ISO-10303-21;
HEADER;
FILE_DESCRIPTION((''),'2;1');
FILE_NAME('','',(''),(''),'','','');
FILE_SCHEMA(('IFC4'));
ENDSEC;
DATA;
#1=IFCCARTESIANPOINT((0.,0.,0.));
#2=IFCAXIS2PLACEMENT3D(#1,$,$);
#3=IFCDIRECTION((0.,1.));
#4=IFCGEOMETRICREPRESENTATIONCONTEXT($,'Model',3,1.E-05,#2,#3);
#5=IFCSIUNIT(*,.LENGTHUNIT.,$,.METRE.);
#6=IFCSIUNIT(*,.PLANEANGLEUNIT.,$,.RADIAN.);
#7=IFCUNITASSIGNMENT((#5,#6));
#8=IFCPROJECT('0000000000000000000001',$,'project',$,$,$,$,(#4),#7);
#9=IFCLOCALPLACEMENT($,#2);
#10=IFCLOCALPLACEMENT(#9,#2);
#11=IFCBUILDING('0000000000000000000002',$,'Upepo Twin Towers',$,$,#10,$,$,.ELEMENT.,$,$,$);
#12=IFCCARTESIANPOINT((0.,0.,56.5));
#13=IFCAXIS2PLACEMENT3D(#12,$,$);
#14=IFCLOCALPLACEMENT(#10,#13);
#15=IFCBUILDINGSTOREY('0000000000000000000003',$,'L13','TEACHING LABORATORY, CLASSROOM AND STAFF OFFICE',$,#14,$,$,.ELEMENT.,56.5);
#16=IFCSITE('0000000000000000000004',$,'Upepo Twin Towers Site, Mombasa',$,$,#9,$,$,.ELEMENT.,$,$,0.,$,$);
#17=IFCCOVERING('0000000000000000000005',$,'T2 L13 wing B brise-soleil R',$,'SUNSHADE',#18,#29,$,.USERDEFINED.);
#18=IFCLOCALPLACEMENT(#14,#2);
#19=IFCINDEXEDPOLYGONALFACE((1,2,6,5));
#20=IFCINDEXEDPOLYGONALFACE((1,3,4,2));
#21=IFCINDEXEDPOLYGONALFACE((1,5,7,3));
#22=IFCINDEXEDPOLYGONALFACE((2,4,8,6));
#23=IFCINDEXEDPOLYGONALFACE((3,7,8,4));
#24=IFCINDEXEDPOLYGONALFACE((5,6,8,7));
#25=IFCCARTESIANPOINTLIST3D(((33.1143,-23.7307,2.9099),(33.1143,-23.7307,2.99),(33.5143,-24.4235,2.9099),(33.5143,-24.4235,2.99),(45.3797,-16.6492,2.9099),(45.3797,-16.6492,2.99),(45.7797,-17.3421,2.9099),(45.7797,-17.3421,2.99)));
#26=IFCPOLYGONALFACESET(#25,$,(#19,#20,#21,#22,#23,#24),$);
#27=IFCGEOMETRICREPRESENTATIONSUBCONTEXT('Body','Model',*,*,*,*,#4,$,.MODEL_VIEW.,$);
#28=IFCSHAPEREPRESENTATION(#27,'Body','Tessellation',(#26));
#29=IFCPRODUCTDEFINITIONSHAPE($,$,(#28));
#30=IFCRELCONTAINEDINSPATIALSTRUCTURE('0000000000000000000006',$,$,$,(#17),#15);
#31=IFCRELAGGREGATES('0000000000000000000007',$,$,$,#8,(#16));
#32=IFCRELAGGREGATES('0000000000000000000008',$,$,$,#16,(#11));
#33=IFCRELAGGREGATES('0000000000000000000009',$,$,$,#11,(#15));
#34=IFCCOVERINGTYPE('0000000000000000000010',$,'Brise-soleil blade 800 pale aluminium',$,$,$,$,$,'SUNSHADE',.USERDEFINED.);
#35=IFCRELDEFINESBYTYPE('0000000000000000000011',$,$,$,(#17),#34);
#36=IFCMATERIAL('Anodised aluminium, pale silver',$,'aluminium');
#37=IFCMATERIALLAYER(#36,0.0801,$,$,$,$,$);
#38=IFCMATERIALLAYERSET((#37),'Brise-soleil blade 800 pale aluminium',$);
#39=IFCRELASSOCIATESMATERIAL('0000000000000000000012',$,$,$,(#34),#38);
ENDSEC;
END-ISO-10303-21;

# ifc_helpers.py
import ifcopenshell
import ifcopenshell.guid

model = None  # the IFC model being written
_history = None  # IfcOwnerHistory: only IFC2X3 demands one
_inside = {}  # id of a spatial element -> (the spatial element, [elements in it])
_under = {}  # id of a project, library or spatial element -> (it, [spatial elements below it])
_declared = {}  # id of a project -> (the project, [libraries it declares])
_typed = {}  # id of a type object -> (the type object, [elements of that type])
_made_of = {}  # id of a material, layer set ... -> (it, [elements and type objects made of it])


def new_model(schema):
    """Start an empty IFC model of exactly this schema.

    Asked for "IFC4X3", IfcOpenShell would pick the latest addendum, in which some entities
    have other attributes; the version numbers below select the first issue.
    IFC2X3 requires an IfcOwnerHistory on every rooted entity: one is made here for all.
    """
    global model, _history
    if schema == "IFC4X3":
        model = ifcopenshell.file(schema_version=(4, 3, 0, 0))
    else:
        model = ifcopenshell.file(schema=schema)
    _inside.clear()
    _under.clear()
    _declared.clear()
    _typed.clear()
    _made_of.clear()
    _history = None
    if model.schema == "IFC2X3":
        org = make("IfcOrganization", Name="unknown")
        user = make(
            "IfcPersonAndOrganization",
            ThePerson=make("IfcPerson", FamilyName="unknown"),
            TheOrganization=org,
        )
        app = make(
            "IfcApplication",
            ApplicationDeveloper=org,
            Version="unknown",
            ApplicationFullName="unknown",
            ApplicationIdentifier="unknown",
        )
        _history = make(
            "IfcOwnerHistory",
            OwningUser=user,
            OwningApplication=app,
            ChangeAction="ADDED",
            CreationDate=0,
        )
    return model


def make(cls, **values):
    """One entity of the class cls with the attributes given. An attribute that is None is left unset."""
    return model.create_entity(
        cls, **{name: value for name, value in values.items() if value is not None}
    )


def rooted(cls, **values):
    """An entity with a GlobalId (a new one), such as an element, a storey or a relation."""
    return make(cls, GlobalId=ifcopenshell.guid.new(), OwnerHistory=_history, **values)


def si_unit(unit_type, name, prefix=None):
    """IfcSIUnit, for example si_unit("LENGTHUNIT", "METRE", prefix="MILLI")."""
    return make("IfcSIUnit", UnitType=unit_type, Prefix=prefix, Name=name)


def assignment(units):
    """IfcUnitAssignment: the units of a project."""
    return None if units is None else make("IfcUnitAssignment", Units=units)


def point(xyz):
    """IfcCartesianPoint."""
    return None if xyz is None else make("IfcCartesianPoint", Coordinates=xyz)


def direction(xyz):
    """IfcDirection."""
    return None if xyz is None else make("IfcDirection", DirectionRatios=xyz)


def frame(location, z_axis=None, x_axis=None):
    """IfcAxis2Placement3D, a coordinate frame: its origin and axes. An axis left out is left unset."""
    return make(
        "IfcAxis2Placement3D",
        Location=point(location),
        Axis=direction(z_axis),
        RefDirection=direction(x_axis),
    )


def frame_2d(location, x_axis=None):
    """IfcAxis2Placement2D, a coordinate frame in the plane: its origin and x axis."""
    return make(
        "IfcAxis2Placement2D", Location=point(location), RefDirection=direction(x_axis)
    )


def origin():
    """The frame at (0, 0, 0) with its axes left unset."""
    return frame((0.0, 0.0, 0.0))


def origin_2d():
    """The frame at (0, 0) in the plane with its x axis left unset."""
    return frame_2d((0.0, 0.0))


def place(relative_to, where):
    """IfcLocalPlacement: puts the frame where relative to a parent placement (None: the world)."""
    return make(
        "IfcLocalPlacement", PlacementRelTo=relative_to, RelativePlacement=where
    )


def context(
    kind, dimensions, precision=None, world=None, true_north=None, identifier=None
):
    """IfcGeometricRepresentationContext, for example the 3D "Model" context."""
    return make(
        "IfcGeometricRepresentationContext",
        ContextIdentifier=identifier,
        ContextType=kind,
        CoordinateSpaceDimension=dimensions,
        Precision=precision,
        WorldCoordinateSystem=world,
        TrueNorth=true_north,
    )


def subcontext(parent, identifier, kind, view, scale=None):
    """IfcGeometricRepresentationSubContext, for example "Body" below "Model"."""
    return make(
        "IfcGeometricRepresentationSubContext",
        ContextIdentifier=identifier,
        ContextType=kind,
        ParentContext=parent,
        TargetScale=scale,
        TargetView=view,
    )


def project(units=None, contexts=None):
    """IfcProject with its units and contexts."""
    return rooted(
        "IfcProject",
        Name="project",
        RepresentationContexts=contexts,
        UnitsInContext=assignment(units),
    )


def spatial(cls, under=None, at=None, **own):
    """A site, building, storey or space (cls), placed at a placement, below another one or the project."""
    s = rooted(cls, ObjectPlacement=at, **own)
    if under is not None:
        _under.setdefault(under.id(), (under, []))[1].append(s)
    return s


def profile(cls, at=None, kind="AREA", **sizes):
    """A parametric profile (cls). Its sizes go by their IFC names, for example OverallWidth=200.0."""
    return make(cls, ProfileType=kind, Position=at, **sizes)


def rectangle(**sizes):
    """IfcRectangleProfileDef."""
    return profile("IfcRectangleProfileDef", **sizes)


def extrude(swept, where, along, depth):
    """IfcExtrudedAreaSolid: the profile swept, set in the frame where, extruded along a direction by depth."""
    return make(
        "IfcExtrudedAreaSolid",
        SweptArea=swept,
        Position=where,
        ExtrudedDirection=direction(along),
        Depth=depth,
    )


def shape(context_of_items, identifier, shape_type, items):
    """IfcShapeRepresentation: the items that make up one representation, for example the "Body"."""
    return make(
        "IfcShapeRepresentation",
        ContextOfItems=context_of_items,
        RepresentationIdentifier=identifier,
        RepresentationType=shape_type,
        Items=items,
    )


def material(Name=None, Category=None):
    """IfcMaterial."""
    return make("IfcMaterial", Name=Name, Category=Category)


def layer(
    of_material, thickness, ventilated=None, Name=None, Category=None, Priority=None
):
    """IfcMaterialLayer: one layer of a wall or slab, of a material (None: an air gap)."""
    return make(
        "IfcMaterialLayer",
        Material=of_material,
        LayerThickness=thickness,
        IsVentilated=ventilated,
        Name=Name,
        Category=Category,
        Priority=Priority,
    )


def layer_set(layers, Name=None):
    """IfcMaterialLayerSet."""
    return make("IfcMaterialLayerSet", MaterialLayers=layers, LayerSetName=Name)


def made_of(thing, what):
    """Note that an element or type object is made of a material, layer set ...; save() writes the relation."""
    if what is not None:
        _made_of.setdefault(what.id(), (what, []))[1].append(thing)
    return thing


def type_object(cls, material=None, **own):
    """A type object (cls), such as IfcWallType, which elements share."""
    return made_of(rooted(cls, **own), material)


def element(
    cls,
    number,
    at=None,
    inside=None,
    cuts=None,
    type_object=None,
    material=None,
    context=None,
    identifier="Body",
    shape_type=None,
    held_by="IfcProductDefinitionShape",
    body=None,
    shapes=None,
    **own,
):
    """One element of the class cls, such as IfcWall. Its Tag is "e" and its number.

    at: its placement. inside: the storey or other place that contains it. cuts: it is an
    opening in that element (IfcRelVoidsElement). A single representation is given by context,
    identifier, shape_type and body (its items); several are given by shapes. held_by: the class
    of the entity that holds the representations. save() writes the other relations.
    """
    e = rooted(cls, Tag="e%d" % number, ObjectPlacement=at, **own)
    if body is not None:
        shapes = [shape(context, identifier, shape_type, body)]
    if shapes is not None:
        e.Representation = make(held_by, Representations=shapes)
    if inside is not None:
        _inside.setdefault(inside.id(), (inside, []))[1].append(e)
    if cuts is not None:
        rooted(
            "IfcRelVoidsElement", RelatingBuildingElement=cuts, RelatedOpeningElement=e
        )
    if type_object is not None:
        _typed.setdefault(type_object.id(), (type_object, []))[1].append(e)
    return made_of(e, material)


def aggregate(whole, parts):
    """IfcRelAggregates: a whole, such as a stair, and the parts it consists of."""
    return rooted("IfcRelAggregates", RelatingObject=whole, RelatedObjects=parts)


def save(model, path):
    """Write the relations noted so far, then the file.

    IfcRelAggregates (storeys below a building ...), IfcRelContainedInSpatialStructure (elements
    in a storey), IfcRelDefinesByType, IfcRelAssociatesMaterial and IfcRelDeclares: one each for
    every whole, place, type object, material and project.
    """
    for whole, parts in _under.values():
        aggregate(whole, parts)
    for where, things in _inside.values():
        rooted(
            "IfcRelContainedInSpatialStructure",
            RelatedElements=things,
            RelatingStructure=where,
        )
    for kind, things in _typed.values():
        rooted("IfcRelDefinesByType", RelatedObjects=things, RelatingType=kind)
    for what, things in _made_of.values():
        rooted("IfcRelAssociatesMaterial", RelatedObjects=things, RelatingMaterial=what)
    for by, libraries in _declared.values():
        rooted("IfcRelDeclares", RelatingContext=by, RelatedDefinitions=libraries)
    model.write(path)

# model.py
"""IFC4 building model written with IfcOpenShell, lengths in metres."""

from ifc_helpers import new_model, si_unit, direction, frame, origin, origin_2d, place, context, subcontext, project, spatial, rectangle, extrude, material, layer, layer_set, type_object, element, save


model = new_model("IFC4")

# Units and contexts
model_context = context("Model", 3, precision=1e-05, world=origin(), true_north=direction((0.0, 1.0)))
body_context = subcontext(model_context, "Body", "Model", "MODEL_VIEW")
ifc_project = project(units=[si_unit("LENGTHUNIT", "METRE"), si_unit("PLANEANGLEUNIT", "RADIAN")], contexts=[model_context])

# Site, building, storey
site_placement = place(None, origin())
site = spatial("IfcSite", under=ifc_project, at=site_placement, Name="Upepo Twin Towers Site, Mombasa", CompositionType="ELEMENT", RefElevation=0.0)
building_placement = place(site_placement, origin())
building = spatial("IfcBuilding", under=site, at=building_placement, Name="Upepo Twin Towers", CompositionType="ELEMENT")
storey_placement = place(building_placement, frame((0.0, 0.0, 56.5)))
storey = spatial("IfcBuildingStorey", under=building, at=storey_placement, Name="L13", Description="TEACHING LABORATORY, CLASSROOM AND STAFF OFFICE", CompositionType="ELEMENT", Elevation=56.5)

# Covering
ifc_material_1 = material(Name="Anodised aluminium, pale silver", Category="aluminium")
ifc_layer_1 = layer(ifc_material_1, 0.0801)
ifc_layer_set_1 = layer_set([ifc_layer_1], Name="Brise-soleil blade 800 pale aluminium")
covering_type = type_object("IfcCoveringType", Name="Brise-soleil blade 800 pale aluminium", ElementType="SUNSHADE", PredefinedType="USERDEFINED", material=ifc_layer_set_1)
covering_placement = place(storey_placement, frame((39.447, -20.5364, 2.9099), z_axis=(0.0, 0.0, 1.0), x_axis=(-0.866025, -0.5, 0.0)))
element("IfcCovering", 1, at=covering_placement, inside=storey, type_object=covering_type, Name="T2 L13 wing B brise-soleil R", ObjectType="SUNSHADE", PredefinedType="USERDEFINED", context=body_context, shape_type="SweptSolid", body=[
    extrude(rectangle(XDim=14.1628, YDim=0.8, at=origin_2d()), origin(), (0.0, 0.0, 1.0), 0.0801),
])

save(model, "model.ifc")
